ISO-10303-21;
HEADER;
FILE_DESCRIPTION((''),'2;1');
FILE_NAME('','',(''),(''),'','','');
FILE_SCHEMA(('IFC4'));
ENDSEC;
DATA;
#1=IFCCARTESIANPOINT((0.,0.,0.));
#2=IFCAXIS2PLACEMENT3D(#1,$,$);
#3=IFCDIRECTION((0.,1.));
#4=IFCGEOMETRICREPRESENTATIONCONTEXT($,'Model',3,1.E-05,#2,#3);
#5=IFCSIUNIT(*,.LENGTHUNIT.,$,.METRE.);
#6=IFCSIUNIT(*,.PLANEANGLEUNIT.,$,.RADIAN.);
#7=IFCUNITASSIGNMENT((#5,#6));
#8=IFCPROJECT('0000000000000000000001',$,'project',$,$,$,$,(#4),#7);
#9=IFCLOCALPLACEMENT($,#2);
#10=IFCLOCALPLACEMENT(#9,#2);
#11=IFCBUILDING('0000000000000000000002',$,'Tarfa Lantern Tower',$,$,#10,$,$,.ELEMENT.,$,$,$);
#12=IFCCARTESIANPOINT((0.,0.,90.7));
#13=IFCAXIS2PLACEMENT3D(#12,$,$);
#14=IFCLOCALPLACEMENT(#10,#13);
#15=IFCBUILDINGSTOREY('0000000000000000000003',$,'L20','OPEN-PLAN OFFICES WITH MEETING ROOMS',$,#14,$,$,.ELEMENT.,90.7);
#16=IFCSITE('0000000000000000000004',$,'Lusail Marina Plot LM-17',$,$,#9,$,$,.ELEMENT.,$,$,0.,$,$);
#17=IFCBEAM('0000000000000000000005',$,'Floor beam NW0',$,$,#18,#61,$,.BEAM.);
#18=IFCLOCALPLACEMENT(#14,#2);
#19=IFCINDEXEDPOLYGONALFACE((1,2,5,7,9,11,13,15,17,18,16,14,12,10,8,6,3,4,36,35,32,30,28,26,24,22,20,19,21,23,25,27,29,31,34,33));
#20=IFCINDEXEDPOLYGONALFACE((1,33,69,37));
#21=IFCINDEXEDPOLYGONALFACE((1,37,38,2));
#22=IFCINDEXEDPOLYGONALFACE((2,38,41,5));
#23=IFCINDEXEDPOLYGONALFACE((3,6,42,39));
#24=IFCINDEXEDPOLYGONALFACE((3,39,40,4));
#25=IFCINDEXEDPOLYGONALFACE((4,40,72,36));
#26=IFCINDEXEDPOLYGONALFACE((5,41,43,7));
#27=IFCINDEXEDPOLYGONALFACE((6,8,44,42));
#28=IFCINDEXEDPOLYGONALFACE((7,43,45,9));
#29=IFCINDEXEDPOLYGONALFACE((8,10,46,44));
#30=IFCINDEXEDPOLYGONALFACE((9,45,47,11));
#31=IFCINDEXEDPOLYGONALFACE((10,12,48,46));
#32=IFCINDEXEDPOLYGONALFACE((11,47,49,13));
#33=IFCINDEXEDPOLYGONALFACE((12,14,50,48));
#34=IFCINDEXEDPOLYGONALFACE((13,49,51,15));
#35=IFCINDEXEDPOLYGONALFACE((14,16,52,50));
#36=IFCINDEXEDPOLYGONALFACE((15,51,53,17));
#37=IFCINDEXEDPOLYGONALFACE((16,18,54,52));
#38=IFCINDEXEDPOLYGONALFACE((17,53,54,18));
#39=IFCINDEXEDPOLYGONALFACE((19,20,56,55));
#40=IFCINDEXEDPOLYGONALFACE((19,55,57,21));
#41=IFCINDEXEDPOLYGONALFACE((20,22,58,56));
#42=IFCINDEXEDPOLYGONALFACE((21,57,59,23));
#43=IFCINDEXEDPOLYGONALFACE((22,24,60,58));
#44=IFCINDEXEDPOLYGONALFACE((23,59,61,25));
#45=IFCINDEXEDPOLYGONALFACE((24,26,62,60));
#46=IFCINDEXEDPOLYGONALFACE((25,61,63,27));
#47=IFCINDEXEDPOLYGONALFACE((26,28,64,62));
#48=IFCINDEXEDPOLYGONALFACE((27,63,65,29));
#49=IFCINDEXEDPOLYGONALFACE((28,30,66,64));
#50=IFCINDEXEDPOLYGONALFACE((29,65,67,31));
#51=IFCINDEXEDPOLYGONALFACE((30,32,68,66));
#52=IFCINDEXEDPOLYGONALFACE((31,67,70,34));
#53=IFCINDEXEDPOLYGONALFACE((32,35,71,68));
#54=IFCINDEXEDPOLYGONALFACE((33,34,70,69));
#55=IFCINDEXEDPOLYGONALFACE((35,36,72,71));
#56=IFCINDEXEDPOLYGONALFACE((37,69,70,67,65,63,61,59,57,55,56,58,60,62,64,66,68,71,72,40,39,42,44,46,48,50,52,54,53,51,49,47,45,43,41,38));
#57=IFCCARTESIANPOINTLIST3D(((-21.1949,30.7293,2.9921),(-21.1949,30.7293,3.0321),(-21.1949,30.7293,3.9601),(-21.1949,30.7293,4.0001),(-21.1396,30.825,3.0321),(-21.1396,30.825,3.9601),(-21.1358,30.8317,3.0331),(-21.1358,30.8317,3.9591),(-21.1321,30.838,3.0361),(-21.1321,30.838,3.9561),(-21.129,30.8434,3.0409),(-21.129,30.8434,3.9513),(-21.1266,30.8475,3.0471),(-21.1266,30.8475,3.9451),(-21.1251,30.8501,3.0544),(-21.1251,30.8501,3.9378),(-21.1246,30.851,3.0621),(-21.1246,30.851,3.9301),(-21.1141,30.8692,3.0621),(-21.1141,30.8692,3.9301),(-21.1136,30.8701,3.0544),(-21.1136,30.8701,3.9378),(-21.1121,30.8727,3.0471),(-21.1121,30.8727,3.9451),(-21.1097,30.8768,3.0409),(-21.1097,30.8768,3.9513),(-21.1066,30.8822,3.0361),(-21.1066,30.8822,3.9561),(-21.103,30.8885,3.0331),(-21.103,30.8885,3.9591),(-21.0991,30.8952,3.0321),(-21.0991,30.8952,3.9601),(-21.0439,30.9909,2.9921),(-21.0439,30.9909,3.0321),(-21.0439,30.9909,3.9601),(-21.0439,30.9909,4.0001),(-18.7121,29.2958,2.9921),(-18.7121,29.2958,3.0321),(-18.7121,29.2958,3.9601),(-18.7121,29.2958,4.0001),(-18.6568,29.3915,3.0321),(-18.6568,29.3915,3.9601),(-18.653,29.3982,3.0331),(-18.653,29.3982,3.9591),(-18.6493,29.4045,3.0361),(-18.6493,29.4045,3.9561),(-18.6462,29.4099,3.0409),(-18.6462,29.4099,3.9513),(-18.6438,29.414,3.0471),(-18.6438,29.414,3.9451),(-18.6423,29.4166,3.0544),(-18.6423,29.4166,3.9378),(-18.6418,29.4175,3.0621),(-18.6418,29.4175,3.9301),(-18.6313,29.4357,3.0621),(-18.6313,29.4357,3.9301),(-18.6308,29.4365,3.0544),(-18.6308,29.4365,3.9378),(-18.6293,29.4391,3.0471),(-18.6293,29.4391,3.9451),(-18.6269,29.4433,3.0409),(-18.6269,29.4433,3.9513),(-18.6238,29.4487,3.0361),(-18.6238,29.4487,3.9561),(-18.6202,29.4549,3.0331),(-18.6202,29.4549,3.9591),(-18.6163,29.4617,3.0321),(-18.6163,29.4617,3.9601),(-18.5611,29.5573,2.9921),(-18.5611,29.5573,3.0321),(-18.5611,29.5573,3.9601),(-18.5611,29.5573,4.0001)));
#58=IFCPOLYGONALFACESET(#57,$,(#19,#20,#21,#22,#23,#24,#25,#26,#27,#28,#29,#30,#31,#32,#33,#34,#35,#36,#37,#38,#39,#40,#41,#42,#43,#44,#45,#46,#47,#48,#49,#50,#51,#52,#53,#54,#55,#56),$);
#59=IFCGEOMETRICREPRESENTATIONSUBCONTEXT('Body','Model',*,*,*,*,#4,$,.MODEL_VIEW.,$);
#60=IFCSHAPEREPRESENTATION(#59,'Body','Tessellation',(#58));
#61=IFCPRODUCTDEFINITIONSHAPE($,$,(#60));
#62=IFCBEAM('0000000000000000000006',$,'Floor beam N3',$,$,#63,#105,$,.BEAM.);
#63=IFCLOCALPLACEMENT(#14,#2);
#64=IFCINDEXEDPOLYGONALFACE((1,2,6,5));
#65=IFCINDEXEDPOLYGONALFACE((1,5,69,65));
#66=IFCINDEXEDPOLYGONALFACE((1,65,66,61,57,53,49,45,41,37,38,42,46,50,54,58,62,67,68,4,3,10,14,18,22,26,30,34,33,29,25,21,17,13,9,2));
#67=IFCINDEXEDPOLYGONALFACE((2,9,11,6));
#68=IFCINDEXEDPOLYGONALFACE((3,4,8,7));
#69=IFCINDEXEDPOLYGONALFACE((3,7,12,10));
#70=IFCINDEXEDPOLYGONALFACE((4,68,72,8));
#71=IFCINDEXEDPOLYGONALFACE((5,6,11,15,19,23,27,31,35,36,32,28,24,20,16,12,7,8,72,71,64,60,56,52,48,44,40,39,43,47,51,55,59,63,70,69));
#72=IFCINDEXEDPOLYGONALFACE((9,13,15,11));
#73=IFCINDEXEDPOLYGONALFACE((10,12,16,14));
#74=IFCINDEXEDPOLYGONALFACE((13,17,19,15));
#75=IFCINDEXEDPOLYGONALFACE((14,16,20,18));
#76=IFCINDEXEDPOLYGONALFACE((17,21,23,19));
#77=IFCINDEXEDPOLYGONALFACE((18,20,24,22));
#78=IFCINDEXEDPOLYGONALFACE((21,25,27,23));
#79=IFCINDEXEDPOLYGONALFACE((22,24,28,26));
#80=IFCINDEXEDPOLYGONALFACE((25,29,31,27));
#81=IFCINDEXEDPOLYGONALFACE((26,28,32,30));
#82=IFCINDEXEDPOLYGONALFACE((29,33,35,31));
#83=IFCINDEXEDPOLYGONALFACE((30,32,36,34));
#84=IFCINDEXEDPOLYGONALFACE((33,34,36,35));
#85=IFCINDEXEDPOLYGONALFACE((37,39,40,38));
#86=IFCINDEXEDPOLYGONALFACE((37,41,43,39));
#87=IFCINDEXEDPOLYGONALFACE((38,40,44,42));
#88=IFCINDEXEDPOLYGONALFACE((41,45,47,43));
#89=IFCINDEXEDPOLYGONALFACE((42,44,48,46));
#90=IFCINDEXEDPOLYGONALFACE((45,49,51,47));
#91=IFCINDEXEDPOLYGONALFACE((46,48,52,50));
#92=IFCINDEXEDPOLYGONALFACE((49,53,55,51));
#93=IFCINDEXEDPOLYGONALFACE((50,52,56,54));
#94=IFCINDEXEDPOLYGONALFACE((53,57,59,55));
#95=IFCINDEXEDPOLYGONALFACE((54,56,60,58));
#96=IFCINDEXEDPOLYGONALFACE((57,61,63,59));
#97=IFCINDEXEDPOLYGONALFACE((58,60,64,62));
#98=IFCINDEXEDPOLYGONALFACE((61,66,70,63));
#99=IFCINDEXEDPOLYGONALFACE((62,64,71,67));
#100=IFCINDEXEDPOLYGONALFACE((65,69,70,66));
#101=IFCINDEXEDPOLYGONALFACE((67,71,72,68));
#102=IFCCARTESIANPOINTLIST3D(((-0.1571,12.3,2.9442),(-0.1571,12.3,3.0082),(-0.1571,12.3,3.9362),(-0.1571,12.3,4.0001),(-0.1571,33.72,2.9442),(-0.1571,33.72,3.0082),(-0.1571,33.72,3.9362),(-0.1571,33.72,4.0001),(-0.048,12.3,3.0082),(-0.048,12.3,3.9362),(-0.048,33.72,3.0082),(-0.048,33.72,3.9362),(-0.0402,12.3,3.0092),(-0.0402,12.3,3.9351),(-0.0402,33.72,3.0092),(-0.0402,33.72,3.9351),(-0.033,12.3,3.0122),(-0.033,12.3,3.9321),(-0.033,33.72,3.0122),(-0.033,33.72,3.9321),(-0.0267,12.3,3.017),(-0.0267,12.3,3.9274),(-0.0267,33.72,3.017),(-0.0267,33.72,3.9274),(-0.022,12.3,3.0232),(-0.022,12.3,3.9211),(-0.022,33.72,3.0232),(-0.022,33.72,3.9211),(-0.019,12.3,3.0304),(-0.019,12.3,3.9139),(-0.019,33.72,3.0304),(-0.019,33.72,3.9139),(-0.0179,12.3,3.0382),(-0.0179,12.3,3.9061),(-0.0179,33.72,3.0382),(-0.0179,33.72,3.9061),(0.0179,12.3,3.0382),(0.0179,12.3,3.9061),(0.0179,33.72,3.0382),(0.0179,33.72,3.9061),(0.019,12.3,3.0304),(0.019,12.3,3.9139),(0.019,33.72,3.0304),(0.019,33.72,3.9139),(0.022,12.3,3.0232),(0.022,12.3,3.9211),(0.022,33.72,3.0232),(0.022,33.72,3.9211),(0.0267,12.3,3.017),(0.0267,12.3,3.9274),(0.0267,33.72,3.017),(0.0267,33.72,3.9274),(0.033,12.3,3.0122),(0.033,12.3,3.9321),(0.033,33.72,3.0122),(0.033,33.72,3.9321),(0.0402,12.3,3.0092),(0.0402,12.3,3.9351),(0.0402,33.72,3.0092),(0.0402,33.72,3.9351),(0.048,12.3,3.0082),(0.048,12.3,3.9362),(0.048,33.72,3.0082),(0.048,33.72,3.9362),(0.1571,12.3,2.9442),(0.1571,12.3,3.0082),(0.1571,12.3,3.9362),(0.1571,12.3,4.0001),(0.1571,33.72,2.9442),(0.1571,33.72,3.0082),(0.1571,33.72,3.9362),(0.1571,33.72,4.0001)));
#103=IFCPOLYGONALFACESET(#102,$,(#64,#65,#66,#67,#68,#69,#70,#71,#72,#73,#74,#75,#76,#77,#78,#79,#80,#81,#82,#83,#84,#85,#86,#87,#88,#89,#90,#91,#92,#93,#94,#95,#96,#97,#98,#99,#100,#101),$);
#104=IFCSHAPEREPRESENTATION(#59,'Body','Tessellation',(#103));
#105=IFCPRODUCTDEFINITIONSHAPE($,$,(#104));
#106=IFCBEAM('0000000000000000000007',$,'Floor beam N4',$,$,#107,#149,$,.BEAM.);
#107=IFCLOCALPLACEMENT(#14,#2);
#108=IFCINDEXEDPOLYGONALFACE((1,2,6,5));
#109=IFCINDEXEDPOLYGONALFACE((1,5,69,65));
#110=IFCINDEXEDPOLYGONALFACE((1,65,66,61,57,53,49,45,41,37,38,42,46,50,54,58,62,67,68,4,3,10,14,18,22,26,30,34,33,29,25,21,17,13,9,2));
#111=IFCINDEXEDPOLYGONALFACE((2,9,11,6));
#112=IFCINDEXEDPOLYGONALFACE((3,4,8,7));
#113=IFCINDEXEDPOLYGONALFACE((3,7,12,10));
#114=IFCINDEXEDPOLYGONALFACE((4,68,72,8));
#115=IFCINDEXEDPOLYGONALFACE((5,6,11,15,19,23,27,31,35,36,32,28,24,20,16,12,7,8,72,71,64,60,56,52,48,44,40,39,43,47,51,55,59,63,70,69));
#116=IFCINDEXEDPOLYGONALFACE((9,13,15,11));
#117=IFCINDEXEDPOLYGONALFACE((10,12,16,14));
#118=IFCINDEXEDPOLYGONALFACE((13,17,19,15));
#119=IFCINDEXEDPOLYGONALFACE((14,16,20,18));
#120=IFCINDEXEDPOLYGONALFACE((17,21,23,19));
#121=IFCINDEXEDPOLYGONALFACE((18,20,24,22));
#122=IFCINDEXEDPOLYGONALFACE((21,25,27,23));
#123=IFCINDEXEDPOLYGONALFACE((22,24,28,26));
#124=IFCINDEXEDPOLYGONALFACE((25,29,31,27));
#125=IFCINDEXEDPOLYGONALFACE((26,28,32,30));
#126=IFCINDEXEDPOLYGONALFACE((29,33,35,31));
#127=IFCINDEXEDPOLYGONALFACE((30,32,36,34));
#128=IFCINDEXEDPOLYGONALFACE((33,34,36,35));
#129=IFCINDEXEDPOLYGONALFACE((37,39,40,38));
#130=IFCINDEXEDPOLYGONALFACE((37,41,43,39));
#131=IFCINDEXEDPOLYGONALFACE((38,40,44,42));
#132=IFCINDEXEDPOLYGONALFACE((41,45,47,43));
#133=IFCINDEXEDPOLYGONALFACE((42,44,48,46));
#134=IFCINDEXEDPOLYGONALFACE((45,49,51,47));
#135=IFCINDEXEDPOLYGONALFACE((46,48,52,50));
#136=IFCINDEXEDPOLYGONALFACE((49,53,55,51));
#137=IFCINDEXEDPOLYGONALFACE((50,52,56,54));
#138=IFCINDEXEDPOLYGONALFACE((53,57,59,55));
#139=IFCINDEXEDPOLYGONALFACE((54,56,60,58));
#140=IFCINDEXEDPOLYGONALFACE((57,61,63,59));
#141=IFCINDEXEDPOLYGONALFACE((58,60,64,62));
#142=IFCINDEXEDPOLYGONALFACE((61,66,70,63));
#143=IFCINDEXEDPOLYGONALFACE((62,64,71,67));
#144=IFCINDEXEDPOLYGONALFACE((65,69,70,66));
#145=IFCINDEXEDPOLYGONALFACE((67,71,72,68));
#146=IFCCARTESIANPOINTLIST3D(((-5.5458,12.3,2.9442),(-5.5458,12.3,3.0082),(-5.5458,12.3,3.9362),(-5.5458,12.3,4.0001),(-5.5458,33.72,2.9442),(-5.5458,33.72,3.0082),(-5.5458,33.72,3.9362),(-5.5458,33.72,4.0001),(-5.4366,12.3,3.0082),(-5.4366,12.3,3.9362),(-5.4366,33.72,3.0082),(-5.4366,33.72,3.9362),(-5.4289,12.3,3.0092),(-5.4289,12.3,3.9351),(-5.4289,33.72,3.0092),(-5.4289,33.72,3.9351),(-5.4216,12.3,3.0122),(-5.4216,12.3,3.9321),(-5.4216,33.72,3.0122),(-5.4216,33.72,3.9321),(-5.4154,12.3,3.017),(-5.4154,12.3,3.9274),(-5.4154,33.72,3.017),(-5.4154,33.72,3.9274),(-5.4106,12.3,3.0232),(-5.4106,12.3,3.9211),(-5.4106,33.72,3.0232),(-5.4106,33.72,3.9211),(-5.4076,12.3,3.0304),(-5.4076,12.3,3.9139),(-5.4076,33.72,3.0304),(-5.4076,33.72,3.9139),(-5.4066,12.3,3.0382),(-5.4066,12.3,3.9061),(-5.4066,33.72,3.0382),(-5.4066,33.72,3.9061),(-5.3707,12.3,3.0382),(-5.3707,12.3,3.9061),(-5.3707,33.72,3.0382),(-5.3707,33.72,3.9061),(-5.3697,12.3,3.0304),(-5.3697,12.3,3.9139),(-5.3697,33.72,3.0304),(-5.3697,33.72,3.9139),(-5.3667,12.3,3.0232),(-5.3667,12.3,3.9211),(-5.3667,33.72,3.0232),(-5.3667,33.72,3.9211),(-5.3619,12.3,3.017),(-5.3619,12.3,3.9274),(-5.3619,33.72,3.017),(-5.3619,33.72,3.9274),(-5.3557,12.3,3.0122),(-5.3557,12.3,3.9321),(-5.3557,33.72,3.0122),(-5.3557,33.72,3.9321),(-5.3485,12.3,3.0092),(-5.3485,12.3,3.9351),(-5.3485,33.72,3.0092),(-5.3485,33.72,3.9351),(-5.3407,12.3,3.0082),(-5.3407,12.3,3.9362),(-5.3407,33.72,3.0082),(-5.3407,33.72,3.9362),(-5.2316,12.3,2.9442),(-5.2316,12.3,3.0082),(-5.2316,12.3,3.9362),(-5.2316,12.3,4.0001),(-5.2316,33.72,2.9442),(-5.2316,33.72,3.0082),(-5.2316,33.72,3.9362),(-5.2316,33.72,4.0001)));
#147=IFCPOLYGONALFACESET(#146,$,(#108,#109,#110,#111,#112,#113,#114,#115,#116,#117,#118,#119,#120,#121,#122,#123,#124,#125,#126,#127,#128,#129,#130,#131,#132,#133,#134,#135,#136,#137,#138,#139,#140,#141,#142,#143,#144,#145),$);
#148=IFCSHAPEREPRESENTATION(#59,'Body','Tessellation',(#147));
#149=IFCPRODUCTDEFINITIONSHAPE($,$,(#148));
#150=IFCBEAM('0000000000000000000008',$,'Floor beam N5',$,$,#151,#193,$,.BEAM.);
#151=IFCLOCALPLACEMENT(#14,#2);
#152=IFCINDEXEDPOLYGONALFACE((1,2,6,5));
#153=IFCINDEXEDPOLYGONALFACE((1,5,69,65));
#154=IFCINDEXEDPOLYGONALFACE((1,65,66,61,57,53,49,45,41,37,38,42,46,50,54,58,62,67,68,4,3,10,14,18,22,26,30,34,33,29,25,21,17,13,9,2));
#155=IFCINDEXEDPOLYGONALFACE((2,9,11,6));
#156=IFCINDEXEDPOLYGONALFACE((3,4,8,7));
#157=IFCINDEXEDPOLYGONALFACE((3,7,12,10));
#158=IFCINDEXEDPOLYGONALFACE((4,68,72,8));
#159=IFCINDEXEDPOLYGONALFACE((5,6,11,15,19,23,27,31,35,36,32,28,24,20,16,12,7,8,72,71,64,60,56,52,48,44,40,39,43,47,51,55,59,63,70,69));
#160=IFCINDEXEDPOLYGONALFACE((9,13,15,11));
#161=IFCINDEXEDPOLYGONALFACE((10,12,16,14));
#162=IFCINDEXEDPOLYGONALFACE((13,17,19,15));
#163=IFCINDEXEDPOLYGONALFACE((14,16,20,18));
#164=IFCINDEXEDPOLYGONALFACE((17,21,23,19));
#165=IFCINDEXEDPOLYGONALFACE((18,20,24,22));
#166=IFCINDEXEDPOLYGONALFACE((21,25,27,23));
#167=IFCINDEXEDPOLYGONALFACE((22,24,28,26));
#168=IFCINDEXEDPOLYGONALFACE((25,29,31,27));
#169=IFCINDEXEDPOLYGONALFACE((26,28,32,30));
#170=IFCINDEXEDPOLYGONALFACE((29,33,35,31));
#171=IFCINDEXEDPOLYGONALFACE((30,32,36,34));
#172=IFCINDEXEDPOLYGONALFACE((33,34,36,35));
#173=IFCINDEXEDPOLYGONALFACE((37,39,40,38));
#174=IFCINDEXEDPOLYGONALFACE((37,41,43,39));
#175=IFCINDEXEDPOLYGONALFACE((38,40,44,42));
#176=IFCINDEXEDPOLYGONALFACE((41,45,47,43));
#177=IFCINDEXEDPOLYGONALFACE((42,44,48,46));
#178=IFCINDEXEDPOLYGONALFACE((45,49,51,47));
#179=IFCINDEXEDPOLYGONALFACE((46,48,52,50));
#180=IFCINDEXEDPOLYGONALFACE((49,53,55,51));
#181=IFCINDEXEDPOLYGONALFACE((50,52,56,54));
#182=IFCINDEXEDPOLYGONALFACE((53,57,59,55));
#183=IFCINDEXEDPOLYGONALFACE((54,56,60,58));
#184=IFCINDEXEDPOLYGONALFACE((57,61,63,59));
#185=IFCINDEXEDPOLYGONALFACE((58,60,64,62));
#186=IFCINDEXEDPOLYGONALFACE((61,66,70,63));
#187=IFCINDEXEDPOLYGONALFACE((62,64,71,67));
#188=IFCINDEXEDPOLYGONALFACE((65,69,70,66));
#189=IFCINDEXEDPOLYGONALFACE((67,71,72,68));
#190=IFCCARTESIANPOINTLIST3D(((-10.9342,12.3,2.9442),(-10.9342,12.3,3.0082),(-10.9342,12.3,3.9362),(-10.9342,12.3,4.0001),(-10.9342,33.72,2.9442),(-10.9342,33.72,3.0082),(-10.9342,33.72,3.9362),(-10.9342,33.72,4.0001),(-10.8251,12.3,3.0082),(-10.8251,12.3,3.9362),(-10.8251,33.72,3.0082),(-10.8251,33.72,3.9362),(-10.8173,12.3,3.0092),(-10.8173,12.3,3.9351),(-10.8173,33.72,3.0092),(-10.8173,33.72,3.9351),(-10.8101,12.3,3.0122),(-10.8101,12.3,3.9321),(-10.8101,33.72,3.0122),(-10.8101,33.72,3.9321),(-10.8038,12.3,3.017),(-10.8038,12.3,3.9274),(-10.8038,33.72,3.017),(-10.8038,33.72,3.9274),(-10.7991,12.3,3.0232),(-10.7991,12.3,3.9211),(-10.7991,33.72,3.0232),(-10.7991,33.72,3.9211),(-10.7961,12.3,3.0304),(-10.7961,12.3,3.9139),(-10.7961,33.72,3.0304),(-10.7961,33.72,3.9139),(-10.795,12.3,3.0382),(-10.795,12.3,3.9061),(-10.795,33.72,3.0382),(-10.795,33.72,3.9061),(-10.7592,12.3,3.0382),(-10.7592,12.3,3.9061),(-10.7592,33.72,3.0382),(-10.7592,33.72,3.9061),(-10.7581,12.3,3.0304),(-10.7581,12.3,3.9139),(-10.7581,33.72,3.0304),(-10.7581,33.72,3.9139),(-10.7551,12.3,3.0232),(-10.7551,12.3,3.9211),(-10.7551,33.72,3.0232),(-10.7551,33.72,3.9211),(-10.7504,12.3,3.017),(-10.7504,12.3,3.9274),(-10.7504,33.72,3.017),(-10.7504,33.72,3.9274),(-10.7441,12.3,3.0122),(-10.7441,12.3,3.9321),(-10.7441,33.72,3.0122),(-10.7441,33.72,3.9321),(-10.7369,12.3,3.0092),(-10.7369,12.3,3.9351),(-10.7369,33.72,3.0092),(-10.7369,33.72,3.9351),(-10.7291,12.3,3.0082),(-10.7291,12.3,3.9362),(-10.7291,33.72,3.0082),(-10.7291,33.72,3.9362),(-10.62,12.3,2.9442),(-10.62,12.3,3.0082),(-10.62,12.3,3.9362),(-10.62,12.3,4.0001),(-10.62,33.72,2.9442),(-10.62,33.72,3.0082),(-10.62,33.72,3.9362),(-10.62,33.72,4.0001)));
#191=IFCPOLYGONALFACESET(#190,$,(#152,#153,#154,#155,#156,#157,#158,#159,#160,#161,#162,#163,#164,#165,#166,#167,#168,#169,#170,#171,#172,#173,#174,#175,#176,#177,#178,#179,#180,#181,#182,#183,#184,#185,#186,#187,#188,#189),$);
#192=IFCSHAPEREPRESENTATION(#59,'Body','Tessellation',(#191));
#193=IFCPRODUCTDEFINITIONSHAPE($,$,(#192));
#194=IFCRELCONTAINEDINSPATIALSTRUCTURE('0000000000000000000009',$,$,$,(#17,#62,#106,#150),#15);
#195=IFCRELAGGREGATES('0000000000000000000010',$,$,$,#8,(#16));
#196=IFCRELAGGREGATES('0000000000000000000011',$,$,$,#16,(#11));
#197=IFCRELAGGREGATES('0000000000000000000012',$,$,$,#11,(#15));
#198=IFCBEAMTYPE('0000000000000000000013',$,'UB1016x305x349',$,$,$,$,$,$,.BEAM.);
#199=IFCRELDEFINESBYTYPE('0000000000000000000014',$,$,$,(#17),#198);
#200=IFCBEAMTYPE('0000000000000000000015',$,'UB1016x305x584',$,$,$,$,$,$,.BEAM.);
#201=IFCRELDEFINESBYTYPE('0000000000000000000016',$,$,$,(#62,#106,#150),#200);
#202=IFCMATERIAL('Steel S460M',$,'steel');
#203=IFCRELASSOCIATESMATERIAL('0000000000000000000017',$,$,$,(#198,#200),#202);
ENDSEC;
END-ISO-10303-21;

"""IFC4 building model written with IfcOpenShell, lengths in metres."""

from ifc_helpers import new_model, si_unit, direction, frame, origin, origin_2d, place, context, subcontext, project, spatial, i_section, extrude, material, material_profile, profile_set, type_object, element, save


model = new_model("IFC4")

# Units and contexts
model_context = context("Model", 3, precision=1e-05, world=origin(), true_north=direction((0.0, 1.0)))
body_context = subcontext(model_context, "Body", "Model", "MODEL_VIEW")
ifc_project = project(units=[si_unit("LENGTHUNIT", "METRE"), si_unit("PLANEANGLEUNIT", "RADIAN")], contexts=[model_context])

# Site, building, storey
site_placement = place(None, origin())
site = spatial("IfcSite", under=ifc_project, at=site_placement, Name="Lusail Marina Plot LM-17", CompositionType="ELEMENT", RefElevation=0.0)
building_placement = place(site_placement, origin())
building = spatial("IfcBuilding", under=site, at=building_placement, Name="Tarfa Lantern Tower", CompositionType="ELEMENT")
storey_placement = place(building_placement, frame((0.0, 0.0, 90.7)))
storey = spatial("IfcBuildingStorey", under=building, at=storey_placement, Name="L20", Description="OPEN-PLAN OFFICES WITH MEETING ROOMS", CompositionType="ELEMENT", Elevation=90.7)

# Beams
ifc_material_1 = material(Name="Steel S460M", Category="steel")
ifc_material_profile_1 = material_profile(ifc_material_1, i_section(OverallWidth=0.302, OverallDepth=1.0081, WebThickness=0.021, FlangeThickness=0.04, FilletRadius=0.03, at=origin_2d()), Name="UB1016x305x349")
ifc_profile_set_1 = profile_set([ifc_material_profile_1], Name="Steel S460M")
beam_type_1 = type_object("IfcBeamType", Name="UB1016x305x349", PredefinedType="BEAM", material=ifc_profile_set_1)
beam_1_placement = place(storey_placement, frame((-21.1194, 30.8601, 3.4961), z_axis=(0.866013, -0.500022, 0.0), x_axis=(0.500022, 0.866013, 0.0)))
element("IfcBeam", 1, at=beam_1_placement, inside=storey, type_object=beam_type_1, Name="Floor beam NW0", PredefinedType="BEAM", context=body_context, shape_type="SweptSolid", body=[
    extrude(i_section(OverallWidth=0.302, OverallDepth=1.0081, WebThickness=0.021, FlangeThickness=0.04, FilletRadius=0.03, at=origin_2d()), origin(), (0.0, 0.0, 1.0), 2.8669),
])
ifc_material_profile_2 = material_profile(ifc_material_1, i_section(OverallWidth=0.3142, OverallDepth=1.0559, WebThickness=0.0359, FlangeThickness=0.064, FilletRadius=0.03, at=origin_2d()), Name="UB1016x305x584")
ifc_profile_set_2 = profile_set([ifc_material_profile_2], Name="Steel S460M")
beam_type_2 = type_object("IfcBeamType", Name="UB1016x305x584", PredefinedType="BEAM", material=ifc_profile_set_2)
for number, where, z_axis, x_axis, name in (
    (2, (0.0, 33.72, 3.4722), (0.0, -1.0, 0.0), (1.0, 0.0, 0.0), "Floor beam N3"),
    (3, (-5.3887, 33.72, 3.4722), (0.0, -1.0, 0.0), (1.0, 0.0, 0.0), "Floor beam N4"),
    (4, (-10.7771, 33.72, 3.4722), (0.0, -1.0, 0.0), (1.0, 0.0, 0.0), "Floor beam N5"),
):
    element("IfcBeam", number, at=place(storey_placement, frame(where, z_axis=z_axis, x_axis=x_axis)), inside=storey, type_object=beam_type_2, Name=name, PredefinedType="BEAM", context=body_context, shape_type="SweptSolid", body=[
        extrude(i_section(OverallWidth=0.3142, OverallDepth=1.0559, WebThickness=0.0359, FlangeThickness=0.064, FilletRadius=0.03, at=origin_2d()), origin(), (0.0, 0.0, 1.0), 21.4199),
    ])

save(model, "model.ifc")
